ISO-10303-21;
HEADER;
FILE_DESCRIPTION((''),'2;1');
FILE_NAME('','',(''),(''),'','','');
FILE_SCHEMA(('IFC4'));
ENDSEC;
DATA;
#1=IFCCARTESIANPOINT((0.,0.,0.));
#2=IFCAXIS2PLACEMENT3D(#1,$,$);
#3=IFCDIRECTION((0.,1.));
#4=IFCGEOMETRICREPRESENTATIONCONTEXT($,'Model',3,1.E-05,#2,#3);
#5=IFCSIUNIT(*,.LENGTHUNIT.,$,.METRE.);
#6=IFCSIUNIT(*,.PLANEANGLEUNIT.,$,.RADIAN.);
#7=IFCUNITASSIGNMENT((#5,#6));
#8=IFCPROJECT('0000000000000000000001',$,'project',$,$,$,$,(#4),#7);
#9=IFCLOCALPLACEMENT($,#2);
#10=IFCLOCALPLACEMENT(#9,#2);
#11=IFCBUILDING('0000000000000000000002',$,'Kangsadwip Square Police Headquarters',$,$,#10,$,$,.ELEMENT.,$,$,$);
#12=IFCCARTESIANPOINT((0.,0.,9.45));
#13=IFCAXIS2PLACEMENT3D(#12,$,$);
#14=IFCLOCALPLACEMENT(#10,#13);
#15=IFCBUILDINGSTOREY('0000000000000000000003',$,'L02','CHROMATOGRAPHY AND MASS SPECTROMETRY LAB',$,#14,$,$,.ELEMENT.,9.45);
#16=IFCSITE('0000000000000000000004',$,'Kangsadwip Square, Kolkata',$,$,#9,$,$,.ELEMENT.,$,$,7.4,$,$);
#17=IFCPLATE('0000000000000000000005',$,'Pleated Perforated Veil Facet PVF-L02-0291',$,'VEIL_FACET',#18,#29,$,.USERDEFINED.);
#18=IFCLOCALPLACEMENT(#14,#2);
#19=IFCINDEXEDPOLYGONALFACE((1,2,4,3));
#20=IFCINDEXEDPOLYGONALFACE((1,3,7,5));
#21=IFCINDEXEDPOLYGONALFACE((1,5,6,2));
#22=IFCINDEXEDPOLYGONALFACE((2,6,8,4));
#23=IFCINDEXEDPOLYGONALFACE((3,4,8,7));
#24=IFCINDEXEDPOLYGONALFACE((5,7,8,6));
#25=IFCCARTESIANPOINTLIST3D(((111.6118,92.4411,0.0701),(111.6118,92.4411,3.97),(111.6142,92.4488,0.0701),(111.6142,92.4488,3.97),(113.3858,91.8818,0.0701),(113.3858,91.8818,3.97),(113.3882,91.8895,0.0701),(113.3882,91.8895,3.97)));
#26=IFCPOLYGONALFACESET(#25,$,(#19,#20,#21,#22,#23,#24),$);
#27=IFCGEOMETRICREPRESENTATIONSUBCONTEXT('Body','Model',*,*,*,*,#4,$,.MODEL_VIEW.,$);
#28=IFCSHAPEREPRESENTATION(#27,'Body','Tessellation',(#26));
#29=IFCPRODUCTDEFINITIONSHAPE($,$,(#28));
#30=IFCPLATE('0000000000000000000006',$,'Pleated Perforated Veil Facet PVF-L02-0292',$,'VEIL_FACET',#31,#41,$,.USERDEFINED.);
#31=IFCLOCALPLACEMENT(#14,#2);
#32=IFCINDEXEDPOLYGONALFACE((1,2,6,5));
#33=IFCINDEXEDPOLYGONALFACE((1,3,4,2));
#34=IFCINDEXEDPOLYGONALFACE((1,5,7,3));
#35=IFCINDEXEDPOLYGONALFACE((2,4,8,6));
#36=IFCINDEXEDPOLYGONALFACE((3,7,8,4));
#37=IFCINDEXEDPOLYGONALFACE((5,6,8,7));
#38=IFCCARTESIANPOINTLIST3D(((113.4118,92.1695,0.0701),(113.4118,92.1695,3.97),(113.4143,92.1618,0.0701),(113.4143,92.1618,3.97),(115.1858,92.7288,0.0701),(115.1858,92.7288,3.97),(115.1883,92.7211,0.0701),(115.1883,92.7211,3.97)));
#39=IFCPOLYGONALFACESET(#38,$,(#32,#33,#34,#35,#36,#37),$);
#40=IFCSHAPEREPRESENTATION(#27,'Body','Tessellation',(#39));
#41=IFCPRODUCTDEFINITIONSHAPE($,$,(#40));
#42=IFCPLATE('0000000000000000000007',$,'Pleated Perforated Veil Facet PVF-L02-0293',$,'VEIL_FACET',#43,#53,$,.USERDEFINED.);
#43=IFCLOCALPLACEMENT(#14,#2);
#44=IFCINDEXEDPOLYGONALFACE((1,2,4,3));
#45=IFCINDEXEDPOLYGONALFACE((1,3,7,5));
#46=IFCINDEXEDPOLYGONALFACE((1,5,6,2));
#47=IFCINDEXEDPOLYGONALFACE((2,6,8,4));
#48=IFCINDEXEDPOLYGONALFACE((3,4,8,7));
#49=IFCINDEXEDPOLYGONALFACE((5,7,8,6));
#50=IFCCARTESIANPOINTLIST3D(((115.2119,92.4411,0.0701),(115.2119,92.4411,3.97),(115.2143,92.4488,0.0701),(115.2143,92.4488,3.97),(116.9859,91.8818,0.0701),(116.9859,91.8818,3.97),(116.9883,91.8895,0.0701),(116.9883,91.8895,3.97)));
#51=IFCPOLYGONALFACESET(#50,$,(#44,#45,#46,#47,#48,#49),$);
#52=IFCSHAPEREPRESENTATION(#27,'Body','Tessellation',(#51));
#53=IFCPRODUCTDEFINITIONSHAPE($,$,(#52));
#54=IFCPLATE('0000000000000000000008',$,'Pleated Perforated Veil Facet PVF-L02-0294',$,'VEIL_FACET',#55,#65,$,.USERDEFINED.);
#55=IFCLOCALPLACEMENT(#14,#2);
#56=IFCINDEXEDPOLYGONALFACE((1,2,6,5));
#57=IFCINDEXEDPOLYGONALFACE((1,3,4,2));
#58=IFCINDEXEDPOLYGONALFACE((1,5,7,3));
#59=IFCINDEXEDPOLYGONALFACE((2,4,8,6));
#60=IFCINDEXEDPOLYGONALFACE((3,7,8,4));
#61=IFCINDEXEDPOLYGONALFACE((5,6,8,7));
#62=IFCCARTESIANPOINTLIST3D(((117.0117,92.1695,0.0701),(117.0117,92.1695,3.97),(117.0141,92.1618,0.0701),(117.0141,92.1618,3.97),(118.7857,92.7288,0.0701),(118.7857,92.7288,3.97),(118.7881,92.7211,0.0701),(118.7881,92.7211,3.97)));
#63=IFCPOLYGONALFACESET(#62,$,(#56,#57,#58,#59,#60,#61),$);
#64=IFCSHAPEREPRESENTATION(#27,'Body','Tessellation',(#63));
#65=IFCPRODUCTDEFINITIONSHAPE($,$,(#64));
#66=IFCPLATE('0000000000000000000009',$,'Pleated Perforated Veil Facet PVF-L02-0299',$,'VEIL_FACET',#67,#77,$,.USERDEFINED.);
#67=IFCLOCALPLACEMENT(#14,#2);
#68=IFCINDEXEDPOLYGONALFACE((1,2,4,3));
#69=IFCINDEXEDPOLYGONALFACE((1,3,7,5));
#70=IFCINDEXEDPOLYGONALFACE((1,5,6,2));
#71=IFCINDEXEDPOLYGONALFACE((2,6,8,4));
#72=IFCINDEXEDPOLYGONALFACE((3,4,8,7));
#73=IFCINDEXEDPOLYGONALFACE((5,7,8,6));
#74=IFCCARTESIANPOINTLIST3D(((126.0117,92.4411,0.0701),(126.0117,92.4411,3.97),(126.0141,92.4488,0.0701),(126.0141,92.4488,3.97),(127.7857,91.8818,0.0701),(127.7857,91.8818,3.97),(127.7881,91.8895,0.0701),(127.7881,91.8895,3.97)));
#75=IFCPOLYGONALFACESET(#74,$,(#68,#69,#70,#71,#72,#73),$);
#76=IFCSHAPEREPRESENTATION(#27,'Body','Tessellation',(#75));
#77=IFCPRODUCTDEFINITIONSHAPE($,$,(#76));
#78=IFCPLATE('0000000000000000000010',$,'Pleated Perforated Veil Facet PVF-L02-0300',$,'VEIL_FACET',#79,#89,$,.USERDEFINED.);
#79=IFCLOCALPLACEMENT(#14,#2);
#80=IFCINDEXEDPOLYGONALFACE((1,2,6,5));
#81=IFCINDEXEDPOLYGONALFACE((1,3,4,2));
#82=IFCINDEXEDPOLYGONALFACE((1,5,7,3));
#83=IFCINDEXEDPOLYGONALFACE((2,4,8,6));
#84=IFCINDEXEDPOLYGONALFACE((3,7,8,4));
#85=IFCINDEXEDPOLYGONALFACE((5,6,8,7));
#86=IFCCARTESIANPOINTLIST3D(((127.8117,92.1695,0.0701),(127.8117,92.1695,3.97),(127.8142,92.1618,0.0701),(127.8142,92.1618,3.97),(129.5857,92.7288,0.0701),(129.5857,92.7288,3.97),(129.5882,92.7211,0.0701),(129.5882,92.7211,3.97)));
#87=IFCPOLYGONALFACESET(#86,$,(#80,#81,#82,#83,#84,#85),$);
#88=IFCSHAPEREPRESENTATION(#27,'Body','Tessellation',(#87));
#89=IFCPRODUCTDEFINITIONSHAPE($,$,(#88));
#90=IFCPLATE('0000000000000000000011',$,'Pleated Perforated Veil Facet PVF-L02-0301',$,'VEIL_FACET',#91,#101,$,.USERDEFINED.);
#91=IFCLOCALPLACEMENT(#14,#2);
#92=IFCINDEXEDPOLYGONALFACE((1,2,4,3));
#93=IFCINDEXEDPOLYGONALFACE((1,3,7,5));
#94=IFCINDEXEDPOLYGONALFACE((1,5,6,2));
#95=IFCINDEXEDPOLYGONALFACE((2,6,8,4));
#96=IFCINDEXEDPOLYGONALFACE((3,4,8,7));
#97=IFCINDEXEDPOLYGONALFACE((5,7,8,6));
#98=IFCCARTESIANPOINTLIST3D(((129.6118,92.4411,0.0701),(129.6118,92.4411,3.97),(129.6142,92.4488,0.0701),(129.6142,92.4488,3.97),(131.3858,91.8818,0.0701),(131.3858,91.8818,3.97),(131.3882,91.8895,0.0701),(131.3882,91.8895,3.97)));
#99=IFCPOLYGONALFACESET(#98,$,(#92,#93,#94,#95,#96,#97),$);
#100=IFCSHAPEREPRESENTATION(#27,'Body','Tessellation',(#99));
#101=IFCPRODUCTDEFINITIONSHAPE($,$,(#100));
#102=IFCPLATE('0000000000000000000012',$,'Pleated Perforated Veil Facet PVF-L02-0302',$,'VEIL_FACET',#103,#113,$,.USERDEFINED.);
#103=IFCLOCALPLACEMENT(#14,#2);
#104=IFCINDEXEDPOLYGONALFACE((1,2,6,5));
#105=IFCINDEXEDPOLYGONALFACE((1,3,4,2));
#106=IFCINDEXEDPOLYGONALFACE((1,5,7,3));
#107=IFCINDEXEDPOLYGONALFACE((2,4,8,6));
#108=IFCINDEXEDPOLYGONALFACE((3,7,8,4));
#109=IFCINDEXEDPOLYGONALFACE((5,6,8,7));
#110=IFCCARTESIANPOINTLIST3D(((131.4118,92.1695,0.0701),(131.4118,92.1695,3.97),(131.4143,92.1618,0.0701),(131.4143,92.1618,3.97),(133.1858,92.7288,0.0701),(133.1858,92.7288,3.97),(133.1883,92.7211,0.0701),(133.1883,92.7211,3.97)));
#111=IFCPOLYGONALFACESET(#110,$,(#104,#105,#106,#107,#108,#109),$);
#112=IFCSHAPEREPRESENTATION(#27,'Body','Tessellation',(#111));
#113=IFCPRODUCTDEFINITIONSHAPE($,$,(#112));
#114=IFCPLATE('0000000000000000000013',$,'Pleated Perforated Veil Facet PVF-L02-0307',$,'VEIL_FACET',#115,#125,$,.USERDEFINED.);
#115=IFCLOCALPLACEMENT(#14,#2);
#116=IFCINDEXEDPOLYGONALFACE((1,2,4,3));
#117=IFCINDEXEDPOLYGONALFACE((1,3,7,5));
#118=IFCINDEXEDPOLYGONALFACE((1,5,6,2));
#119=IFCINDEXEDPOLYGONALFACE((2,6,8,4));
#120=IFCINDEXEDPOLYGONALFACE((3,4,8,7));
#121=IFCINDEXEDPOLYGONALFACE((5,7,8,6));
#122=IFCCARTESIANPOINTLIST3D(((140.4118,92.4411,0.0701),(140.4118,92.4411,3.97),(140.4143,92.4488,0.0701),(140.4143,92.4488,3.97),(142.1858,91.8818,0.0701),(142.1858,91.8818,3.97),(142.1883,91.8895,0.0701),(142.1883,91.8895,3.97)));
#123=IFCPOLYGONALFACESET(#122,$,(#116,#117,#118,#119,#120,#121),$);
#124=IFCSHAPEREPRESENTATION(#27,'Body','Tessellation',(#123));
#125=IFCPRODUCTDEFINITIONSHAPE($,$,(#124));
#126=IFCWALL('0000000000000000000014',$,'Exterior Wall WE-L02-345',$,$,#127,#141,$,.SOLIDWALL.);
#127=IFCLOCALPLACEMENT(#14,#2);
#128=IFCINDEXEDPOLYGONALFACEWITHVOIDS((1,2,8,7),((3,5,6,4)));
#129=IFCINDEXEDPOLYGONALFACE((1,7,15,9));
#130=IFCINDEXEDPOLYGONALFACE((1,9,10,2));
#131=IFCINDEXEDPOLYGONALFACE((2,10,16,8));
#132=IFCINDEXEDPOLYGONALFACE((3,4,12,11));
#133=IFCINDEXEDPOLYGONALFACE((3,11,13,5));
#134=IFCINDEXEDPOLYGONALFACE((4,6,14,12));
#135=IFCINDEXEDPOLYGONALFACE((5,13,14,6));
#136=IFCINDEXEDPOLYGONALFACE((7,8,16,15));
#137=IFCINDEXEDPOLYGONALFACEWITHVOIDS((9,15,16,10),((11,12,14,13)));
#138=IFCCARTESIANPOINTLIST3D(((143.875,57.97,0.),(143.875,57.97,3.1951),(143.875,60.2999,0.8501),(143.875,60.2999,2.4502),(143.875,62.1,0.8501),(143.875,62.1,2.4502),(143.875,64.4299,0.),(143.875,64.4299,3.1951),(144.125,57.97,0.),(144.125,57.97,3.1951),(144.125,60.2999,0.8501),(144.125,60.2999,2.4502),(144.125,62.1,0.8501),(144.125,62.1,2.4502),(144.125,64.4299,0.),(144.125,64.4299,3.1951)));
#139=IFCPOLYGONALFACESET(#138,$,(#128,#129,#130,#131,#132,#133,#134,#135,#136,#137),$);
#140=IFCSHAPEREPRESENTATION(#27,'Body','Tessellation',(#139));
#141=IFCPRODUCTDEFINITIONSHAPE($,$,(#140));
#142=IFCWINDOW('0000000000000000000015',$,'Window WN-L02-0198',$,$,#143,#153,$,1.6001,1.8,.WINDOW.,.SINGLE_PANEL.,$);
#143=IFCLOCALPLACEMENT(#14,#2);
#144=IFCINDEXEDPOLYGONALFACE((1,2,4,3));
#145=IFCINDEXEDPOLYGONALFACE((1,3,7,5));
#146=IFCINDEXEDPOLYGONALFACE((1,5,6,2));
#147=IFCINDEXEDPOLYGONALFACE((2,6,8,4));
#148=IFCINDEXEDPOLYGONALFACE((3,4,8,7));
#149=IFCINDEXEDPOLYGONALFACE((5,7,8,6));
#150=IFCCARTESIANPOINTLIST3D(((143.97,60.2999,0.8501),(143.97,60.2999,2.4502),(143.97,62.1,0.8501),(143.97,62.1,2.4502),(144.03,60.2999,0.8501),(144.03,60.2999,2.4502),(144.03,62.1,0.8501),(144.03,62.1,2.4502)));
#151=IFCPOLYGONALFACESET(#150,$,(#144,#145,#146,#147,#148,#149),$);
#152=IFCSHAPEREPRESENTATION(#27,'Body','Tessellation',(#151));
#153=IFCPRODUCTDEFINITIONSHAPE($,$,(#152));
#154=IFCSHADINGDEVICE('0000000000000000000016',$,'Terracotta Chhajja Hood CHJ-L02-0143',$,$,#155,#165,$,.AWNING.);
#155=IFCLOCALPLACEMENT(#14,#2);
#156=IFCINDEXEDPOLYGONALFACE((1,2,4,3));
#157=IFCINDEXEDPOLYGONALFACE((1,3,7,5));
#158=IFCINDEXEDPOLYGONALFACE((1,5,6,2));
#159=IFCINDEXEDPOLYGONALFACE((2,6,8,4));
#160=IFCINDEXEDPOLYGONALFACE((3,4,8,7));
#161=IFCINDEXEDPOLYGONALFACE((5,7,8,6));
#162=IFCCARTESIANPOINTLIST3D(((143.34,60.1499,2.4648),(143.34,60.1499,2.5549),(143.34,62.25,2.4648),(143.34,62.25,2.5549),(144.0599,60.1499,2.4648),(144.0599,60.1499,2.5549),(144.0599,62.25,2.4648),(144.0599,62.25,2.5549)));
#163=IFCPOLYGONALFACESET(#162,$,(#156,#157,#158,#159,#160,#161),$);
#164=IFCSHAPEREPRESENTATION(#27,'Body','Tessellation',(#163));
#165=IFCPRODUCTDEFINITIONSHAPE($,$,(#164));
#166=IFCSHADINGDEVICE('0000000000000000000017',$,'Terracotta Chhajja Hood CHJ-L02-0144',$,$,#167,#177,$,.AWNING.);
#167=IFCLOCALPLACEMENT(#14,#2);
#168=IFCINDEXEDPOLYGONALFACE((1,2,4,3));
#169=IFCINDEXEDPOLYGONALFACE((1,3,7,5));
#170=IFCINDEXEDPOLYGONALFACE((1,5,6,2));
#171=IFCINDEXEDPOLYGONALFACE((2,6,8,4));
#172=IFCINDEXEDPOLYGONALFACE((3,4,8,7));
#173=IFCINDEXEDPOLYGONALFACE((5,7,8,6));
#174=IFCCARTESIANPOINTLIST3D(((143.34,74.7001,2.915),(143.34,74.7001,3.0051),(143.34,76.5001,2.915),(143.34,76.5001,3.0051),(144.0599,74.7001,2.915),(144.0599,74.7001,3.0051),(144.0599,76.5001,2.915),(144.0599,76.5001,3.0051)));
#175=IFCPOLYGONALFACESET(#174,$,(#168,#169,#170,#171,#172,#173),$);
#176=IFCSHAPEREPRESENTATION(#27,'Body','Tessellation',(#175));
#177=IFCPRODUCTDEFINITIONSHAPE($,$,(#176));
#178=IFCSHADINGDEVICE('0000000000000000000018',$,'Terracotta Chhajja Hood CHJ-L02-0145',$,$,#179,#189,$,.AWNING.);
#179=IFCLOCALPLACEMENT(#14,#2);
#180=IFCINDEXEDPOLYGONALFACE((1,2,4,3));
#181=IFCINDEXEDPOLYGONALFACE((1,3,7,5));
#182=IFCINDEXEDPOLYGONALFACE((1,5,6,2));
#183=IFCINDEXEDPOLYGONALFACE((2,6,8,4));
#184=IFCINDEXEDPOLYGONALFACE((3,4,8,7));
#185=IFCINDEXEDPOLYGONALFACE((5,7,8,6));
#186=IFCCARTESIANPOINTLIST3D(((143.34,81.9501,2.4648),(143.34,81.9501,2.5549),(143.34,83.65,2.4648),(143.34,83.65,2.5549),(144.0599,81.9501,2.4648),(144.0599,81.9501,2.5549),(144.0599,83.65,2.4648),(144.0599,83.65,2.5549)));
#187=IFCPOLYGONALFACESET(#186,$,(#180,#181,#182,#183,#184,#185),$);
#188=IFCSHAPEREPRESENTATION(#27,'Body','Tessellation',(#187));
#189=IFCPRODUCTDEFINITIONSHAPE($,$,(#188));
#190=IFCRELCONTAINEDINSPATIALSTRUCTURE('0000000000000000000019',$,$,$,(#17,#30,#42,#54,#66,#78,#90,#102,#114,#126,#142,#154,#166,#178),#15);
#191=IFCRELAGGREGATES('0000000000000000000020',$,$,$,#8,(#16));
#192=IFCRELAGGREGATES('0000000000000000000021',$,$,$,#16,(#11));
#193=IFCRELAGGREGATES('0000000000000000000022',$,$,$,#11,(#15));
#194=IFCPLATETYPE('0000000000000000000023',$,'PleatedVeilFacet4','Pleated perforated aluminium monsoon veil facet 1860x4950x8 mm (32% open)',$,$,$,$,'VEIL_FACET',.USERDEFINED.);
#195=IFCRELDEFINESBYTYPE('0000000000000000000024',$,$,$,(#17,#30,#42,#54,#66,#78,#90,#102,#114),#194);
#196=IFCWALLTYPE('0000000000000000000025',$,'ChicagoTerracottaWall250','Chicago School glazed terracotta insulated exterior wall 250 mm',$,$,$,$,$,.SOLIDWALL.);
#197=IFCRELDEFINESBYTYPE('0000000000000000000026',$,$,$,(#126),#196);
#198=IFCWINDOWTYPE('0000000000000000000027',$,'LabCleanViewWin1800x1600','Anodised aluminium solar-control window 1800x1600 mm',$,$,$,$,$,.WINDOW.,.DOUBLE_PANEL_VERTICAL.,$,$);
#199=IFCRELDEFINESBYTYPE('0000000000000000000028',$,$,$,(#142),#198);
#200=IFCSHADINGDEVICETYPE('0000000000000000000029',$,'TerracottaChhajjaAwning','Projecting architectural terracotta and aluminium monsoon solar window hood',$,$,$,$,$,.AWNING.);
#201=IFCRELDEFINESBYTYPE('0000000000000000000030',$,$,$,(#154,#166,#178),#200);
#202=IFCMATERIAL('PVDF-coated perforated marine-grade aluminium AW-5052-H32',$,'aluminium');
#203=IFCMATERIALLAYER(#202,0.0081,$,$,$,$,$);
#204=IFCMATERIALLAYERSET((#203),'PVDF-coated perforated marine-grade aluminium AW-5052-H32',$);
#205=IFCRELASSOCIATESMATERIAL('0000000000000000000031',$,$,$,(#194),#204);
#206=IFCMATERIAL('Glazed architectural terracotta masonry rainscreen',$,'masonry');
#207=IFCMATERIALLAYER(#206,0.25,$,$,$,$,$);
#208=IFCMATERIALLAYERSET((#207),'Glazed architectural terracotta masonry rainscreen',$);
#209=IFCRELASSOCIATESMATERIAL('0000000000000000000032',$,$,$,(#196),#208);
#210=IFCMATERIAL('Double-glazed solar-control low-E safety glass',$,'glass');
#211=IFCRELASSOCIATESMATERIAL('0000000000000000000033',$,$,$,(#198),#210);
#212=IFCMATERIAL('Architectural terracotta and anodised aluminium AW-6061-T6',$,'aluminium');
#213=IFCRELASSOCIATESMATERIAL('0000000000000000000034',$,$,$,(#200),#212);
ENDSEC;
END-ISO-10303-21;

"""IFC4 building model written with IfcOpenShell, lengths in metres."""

from ifc_helpers import new_model, si_unit, direction, frame, frame_2d, origin, origin_2d, place, context, subcontext, project, spatial, rectangle, extrude, material, layer, layer_set, type_object, element, fill, save


model = new_model("IFC4")

# Units and contexts
model_context = context("Model", 3, precision=1e-05, world=origin(), true_north=direction((0.0, 1.0)))
body_context = subcontext(model_context, "Body", "Model", "MODEL_VIEW")
ifc_project = project(units=[si_unit("LENGTHUNIT", "METRE"), si_unit("PLANEANGLEUNIT", "RADIAN")], contexts=[model_context])

# Site, building, storey
site_placement = place(None, origin())
site = spatial("IfcSite", under=ifc_project, at=site_placement, Name="Kangsadwip Square, Kolkata", CompositionType="ELEMENT", RefElevation=7.4)
building_placement = place(site_placement, origin())
building = spatial("IfcBuilding", under=site, at=building_placement, Name="Kangsadwip Square Police Headquarters", CompositionType="ELEMENT")
storey_placement = place(building_placement, frame((0.0, 0.0, 9.45)))
storey = spatial("IfcBuildingStorey", under=building, at=storey_placement, Name="L02", Description="CHROMATOGRAPHY AND MASS SPECTROMETRY LAB", CompositionType="ELEMENT", Elevation=9.45)

# Plates
ifc_material_1 = material(Name="PVDF-coated perforated marine-grade aluminium AW-5052-H32", Category="aluminium")
ifc_layer_1 = layer(ifc_material_1, 0.0081)
ifc_layer_set_1 = layer_set([ifc_layer_1], Name="PVDF-coated perforated marine-grade aluminium AW-5052-H32")
plate_type_1 = type_object("IfcPlateType", Name="PleatedVeilFacet4", Description="Pleated perforated aluminium monsoon veil facet 1860x4950x8 mm (32% open)", ElementType="VEIL_FACET", PredefinedType="USERDEFINED", material=ifc_layer_set_1)
for number, where, z_axis, x_axis, name in (
    (1, (112.5, 92.1653, 0.0701), (0.0, 0.0, 1.0), (0.953717, -0.300706, 0.0), "Pleated Perforated Veil Facet PVF-L02-0291"),
    (2, (114.3, 92.4453, 0.0701), (0.0, 0.0, 1.0), (0.953717, 0.300706, 0.0), "Pleated Perforated Veil Facet PVF-L02-0292"),
    (3, (116.1001, 92.1653, 0.0701), (0.0, 0.0, 1.0), (0.953717, -0.300706, 0.0), "Pleated Perforated Veil Facet PVF-L02-0293"),
    (4, (117.8999, 92.4453, 0.0701), (0.0, 0.0, 1.0), (0.953717, 0.300706, 0.0), "Pleated Perforated Veil Facet PVF-L02-0294"),
    (5, (126.8999, 92.1653, 0.0701), (0.0, 0.0, 1.0), (0.953717, -0.300706, 0.0), "Pleated Perforated Veil Facet PVF-L02-0299"),
    (6, (128.7, 92.4453, 0.0701), (0.0, 0.0, 1.0), (0.953717, 0.300706, 0.0), "Pleated Perforated Veil Facet PVF-L02-0300"),
    (7, (130.5, 92.1653, 0.0701), (0.0, 0.0, 1.0), (0.953717, -0.300706, 0.0), "Pleated Perforated Veil Facet PVF-L02-0301"),
    (8, (132.3, 92.4453, 0.0701), (0.0, 0.0, 1.0), (0.953717, 0.300706, 0.0), "Pleated Perforated Veil Facet PVF-L02-0302"),
    (9, (141.3, 92.1653, 0.0701), (0.0, 0.0, 1.0), (0.953717, -0.300706, 0.0), "Pleated Perforated Veil Facet PVF-L02-0307"),
):
    element("IfcPlate", number, at=place(storey_placement, frame(where, z_axis=z_axis, x_axis=x_axis)), inside=storey, type_object=plate_type_1, Name=name, ObjectType="VEIL_FACET", PredefinedType="USERDEFINED", context=body_context, shape_type="SweptSolid", body=[
        extrude(rectangle(XDim=1.8601, YDim=0.0081, at=origin_2d()), origin(), (0.0, 0.0, 1.0), 3.8999),
    ])

# Wall, opening, window
ifc_material_2 = material(Name="Glazed architectural terracotta masonry rainscreen", Category="masonry")
ifc_layer_2 = layer(ifc_material_2, 0.25)
ifc_layer_set_2 = layer_set([ifc_layer_2], Name="Glazed architectural terracotta masonry rainscreen")
wall_type = type_object("IfcWallType", Name="ChicagoTerracottaWall250", Description="Chicago School glazed terracotta insulated exterior wall 250 mm", PredefinedType="SOLIDWALL", material=ifc_layer_set_2)
wall_placement = place(storey_placement, frame((144.0, 57.97, 0.0), z_axis=(0.0, 0.0, 1.0), x_axis=(0.0, 1.0, 0.0)))
wall = element("IfcWall", 10, at=wall_placement, inside=storey, type_object=wall_type, Name="Exterior Wall WE-L02-345", PredefinedType="SOLIDWALL", context=body_context, shape_type="SweptSolid", body=[
    extrude(rectangle(XDim=6.46, YDim=0.25, at=frame_2d((3.23, 0.0))), origin(), (0.0, 0.0, 1.0), 3.1951),
])
opening_placement = place(wall_placement, frame((2.3301, 0.0, 0.8501)))
opening = element("IfcOpeningElement", 11, at=opening_placement, cuts=wall, PredefinedType="OPENING", context=body_context, shape_type="SweptSolid", body=[
    extrude(rectangle(XDim=1.8, YDim=1.6001, at=frame_2d((0.8999, 0.8))), frame((0.0, 0.135, 0.0), z_axis=(0.0, -1.0, 0.0), x_axis=(1.0, 0.0, 0.0)), (0.0, 0.0, 1.0), 0.27),
])
ifc_material_3 = material(Name="Double-glazed solar-control low-E safety glass", Category="glass")
window_type = type_object("IfcWindowType", Name="LabCleanViewWin1800x1600", Description="Anodised aluminium solar-control window 1800x1600 mm", PartitioningType="DOUBLE_PANEL_VERTICAL", PredefinedType="WINDOW", material=ifc_material_3)
window_placement = place(opening_placement, origin())
window = element("IfcWindow", 12, at=window_placement, inside=storey, type_object=window_type, Name="Window WN-L02-0198", OverallHeight=1.6001, OverallWidth=1.8, PartitioningType="SINGLE_PANEL", PredefinedType="WINDOW", context=body_context, shape_type="SweptSolid", body=[
    extrude(rectangle(XDim=1.8, YDim=1.6001, at=frame_2d((0.8999, 0.8))), frame((0.0, 0.03, 0.0), z_axis=(0.0, -1.0, 0.0), x_axis=(1.0, 0.0, 0.0)), (0.0, 0.0, 1.0), 0.0601),
])
fill(opening, window)

# Shading devices
ifc_material_4 = material(Name="Architectural terracotta and anodised aluminium AW-6061-T6", Category="aluminium")
shading_device_type = type_object("IfcShadingDeviceType", Name="TerracottaChhajjaAwning", Description="Projecting architectural terracotta and aluminium monsoon solar window hood", PredefinedType="AWNING", material=ifc_material_4)
shading_device_1_placement = place(storey_placement, frame((143.7, 61.2, 2.4648), z_axis=(0.0, 0.0, 1.0), x_axis=(0.0, 1.0, 0.0)))
element("IfcShadingDevice", 13, at=shading_device_1_placement, inside=storey, type_object=shading_device_type, Name="Terracotta Chhajja Hood CHJ-L02-0143", PredefinedType="AWNING", context=body_context, shape_type="SweptSolid", body=[
    extrude(rectangle(XDim=2.1001, YDim=0.72, at=origin_2d()), origin(), (0.0, 0.0, 1.0), 0.0901),
])
shading_device_2_placement = place(storey_placement, frame((143.7, 75.6001, 2.915), z_axis=(0.0, 0.0, 1.0), x_axis=(0.0, 1.0, 0.0)))
element("IfcShadingDevice", 14, at=shading_device_2_placement, inside=storey, type_object=shading_device_type, Name="Terracotta Chhajja Hood CHJ-L02-0144", PredefinedType="AWNING", context=body_context, shape_type="SweptSolid", body=[
    extrude(rectangle(XDim=1.8, YDim=0.72, at=origin_2d()), origin(), (0.0, 0.0, 1.0), 0.0901),
])
shading_device_3_placement = place(storey_placement, frame((143.7, 82.8, 2.4648), z_axis=(0.0, 0.0, 1.0), x_axis=(0.0, 1.0, 0.0)))
element("IfcShadingDevice", 15, at=shading_device_3_placement, inside=storey, type_object=shading_device_type, Name="Terracotta Chhajja Hood CHJ-L02-0145", PredefinedType="AWNING", context=body_context, shape_type="SweptSolid", body=[
    extrude(rectangle(XDim=1.7, YDim=0.72, at=origin_2d()), origin(), (0.0, 0.0, 1.0), 0.0901),
])

save(model, "model.ifc")
